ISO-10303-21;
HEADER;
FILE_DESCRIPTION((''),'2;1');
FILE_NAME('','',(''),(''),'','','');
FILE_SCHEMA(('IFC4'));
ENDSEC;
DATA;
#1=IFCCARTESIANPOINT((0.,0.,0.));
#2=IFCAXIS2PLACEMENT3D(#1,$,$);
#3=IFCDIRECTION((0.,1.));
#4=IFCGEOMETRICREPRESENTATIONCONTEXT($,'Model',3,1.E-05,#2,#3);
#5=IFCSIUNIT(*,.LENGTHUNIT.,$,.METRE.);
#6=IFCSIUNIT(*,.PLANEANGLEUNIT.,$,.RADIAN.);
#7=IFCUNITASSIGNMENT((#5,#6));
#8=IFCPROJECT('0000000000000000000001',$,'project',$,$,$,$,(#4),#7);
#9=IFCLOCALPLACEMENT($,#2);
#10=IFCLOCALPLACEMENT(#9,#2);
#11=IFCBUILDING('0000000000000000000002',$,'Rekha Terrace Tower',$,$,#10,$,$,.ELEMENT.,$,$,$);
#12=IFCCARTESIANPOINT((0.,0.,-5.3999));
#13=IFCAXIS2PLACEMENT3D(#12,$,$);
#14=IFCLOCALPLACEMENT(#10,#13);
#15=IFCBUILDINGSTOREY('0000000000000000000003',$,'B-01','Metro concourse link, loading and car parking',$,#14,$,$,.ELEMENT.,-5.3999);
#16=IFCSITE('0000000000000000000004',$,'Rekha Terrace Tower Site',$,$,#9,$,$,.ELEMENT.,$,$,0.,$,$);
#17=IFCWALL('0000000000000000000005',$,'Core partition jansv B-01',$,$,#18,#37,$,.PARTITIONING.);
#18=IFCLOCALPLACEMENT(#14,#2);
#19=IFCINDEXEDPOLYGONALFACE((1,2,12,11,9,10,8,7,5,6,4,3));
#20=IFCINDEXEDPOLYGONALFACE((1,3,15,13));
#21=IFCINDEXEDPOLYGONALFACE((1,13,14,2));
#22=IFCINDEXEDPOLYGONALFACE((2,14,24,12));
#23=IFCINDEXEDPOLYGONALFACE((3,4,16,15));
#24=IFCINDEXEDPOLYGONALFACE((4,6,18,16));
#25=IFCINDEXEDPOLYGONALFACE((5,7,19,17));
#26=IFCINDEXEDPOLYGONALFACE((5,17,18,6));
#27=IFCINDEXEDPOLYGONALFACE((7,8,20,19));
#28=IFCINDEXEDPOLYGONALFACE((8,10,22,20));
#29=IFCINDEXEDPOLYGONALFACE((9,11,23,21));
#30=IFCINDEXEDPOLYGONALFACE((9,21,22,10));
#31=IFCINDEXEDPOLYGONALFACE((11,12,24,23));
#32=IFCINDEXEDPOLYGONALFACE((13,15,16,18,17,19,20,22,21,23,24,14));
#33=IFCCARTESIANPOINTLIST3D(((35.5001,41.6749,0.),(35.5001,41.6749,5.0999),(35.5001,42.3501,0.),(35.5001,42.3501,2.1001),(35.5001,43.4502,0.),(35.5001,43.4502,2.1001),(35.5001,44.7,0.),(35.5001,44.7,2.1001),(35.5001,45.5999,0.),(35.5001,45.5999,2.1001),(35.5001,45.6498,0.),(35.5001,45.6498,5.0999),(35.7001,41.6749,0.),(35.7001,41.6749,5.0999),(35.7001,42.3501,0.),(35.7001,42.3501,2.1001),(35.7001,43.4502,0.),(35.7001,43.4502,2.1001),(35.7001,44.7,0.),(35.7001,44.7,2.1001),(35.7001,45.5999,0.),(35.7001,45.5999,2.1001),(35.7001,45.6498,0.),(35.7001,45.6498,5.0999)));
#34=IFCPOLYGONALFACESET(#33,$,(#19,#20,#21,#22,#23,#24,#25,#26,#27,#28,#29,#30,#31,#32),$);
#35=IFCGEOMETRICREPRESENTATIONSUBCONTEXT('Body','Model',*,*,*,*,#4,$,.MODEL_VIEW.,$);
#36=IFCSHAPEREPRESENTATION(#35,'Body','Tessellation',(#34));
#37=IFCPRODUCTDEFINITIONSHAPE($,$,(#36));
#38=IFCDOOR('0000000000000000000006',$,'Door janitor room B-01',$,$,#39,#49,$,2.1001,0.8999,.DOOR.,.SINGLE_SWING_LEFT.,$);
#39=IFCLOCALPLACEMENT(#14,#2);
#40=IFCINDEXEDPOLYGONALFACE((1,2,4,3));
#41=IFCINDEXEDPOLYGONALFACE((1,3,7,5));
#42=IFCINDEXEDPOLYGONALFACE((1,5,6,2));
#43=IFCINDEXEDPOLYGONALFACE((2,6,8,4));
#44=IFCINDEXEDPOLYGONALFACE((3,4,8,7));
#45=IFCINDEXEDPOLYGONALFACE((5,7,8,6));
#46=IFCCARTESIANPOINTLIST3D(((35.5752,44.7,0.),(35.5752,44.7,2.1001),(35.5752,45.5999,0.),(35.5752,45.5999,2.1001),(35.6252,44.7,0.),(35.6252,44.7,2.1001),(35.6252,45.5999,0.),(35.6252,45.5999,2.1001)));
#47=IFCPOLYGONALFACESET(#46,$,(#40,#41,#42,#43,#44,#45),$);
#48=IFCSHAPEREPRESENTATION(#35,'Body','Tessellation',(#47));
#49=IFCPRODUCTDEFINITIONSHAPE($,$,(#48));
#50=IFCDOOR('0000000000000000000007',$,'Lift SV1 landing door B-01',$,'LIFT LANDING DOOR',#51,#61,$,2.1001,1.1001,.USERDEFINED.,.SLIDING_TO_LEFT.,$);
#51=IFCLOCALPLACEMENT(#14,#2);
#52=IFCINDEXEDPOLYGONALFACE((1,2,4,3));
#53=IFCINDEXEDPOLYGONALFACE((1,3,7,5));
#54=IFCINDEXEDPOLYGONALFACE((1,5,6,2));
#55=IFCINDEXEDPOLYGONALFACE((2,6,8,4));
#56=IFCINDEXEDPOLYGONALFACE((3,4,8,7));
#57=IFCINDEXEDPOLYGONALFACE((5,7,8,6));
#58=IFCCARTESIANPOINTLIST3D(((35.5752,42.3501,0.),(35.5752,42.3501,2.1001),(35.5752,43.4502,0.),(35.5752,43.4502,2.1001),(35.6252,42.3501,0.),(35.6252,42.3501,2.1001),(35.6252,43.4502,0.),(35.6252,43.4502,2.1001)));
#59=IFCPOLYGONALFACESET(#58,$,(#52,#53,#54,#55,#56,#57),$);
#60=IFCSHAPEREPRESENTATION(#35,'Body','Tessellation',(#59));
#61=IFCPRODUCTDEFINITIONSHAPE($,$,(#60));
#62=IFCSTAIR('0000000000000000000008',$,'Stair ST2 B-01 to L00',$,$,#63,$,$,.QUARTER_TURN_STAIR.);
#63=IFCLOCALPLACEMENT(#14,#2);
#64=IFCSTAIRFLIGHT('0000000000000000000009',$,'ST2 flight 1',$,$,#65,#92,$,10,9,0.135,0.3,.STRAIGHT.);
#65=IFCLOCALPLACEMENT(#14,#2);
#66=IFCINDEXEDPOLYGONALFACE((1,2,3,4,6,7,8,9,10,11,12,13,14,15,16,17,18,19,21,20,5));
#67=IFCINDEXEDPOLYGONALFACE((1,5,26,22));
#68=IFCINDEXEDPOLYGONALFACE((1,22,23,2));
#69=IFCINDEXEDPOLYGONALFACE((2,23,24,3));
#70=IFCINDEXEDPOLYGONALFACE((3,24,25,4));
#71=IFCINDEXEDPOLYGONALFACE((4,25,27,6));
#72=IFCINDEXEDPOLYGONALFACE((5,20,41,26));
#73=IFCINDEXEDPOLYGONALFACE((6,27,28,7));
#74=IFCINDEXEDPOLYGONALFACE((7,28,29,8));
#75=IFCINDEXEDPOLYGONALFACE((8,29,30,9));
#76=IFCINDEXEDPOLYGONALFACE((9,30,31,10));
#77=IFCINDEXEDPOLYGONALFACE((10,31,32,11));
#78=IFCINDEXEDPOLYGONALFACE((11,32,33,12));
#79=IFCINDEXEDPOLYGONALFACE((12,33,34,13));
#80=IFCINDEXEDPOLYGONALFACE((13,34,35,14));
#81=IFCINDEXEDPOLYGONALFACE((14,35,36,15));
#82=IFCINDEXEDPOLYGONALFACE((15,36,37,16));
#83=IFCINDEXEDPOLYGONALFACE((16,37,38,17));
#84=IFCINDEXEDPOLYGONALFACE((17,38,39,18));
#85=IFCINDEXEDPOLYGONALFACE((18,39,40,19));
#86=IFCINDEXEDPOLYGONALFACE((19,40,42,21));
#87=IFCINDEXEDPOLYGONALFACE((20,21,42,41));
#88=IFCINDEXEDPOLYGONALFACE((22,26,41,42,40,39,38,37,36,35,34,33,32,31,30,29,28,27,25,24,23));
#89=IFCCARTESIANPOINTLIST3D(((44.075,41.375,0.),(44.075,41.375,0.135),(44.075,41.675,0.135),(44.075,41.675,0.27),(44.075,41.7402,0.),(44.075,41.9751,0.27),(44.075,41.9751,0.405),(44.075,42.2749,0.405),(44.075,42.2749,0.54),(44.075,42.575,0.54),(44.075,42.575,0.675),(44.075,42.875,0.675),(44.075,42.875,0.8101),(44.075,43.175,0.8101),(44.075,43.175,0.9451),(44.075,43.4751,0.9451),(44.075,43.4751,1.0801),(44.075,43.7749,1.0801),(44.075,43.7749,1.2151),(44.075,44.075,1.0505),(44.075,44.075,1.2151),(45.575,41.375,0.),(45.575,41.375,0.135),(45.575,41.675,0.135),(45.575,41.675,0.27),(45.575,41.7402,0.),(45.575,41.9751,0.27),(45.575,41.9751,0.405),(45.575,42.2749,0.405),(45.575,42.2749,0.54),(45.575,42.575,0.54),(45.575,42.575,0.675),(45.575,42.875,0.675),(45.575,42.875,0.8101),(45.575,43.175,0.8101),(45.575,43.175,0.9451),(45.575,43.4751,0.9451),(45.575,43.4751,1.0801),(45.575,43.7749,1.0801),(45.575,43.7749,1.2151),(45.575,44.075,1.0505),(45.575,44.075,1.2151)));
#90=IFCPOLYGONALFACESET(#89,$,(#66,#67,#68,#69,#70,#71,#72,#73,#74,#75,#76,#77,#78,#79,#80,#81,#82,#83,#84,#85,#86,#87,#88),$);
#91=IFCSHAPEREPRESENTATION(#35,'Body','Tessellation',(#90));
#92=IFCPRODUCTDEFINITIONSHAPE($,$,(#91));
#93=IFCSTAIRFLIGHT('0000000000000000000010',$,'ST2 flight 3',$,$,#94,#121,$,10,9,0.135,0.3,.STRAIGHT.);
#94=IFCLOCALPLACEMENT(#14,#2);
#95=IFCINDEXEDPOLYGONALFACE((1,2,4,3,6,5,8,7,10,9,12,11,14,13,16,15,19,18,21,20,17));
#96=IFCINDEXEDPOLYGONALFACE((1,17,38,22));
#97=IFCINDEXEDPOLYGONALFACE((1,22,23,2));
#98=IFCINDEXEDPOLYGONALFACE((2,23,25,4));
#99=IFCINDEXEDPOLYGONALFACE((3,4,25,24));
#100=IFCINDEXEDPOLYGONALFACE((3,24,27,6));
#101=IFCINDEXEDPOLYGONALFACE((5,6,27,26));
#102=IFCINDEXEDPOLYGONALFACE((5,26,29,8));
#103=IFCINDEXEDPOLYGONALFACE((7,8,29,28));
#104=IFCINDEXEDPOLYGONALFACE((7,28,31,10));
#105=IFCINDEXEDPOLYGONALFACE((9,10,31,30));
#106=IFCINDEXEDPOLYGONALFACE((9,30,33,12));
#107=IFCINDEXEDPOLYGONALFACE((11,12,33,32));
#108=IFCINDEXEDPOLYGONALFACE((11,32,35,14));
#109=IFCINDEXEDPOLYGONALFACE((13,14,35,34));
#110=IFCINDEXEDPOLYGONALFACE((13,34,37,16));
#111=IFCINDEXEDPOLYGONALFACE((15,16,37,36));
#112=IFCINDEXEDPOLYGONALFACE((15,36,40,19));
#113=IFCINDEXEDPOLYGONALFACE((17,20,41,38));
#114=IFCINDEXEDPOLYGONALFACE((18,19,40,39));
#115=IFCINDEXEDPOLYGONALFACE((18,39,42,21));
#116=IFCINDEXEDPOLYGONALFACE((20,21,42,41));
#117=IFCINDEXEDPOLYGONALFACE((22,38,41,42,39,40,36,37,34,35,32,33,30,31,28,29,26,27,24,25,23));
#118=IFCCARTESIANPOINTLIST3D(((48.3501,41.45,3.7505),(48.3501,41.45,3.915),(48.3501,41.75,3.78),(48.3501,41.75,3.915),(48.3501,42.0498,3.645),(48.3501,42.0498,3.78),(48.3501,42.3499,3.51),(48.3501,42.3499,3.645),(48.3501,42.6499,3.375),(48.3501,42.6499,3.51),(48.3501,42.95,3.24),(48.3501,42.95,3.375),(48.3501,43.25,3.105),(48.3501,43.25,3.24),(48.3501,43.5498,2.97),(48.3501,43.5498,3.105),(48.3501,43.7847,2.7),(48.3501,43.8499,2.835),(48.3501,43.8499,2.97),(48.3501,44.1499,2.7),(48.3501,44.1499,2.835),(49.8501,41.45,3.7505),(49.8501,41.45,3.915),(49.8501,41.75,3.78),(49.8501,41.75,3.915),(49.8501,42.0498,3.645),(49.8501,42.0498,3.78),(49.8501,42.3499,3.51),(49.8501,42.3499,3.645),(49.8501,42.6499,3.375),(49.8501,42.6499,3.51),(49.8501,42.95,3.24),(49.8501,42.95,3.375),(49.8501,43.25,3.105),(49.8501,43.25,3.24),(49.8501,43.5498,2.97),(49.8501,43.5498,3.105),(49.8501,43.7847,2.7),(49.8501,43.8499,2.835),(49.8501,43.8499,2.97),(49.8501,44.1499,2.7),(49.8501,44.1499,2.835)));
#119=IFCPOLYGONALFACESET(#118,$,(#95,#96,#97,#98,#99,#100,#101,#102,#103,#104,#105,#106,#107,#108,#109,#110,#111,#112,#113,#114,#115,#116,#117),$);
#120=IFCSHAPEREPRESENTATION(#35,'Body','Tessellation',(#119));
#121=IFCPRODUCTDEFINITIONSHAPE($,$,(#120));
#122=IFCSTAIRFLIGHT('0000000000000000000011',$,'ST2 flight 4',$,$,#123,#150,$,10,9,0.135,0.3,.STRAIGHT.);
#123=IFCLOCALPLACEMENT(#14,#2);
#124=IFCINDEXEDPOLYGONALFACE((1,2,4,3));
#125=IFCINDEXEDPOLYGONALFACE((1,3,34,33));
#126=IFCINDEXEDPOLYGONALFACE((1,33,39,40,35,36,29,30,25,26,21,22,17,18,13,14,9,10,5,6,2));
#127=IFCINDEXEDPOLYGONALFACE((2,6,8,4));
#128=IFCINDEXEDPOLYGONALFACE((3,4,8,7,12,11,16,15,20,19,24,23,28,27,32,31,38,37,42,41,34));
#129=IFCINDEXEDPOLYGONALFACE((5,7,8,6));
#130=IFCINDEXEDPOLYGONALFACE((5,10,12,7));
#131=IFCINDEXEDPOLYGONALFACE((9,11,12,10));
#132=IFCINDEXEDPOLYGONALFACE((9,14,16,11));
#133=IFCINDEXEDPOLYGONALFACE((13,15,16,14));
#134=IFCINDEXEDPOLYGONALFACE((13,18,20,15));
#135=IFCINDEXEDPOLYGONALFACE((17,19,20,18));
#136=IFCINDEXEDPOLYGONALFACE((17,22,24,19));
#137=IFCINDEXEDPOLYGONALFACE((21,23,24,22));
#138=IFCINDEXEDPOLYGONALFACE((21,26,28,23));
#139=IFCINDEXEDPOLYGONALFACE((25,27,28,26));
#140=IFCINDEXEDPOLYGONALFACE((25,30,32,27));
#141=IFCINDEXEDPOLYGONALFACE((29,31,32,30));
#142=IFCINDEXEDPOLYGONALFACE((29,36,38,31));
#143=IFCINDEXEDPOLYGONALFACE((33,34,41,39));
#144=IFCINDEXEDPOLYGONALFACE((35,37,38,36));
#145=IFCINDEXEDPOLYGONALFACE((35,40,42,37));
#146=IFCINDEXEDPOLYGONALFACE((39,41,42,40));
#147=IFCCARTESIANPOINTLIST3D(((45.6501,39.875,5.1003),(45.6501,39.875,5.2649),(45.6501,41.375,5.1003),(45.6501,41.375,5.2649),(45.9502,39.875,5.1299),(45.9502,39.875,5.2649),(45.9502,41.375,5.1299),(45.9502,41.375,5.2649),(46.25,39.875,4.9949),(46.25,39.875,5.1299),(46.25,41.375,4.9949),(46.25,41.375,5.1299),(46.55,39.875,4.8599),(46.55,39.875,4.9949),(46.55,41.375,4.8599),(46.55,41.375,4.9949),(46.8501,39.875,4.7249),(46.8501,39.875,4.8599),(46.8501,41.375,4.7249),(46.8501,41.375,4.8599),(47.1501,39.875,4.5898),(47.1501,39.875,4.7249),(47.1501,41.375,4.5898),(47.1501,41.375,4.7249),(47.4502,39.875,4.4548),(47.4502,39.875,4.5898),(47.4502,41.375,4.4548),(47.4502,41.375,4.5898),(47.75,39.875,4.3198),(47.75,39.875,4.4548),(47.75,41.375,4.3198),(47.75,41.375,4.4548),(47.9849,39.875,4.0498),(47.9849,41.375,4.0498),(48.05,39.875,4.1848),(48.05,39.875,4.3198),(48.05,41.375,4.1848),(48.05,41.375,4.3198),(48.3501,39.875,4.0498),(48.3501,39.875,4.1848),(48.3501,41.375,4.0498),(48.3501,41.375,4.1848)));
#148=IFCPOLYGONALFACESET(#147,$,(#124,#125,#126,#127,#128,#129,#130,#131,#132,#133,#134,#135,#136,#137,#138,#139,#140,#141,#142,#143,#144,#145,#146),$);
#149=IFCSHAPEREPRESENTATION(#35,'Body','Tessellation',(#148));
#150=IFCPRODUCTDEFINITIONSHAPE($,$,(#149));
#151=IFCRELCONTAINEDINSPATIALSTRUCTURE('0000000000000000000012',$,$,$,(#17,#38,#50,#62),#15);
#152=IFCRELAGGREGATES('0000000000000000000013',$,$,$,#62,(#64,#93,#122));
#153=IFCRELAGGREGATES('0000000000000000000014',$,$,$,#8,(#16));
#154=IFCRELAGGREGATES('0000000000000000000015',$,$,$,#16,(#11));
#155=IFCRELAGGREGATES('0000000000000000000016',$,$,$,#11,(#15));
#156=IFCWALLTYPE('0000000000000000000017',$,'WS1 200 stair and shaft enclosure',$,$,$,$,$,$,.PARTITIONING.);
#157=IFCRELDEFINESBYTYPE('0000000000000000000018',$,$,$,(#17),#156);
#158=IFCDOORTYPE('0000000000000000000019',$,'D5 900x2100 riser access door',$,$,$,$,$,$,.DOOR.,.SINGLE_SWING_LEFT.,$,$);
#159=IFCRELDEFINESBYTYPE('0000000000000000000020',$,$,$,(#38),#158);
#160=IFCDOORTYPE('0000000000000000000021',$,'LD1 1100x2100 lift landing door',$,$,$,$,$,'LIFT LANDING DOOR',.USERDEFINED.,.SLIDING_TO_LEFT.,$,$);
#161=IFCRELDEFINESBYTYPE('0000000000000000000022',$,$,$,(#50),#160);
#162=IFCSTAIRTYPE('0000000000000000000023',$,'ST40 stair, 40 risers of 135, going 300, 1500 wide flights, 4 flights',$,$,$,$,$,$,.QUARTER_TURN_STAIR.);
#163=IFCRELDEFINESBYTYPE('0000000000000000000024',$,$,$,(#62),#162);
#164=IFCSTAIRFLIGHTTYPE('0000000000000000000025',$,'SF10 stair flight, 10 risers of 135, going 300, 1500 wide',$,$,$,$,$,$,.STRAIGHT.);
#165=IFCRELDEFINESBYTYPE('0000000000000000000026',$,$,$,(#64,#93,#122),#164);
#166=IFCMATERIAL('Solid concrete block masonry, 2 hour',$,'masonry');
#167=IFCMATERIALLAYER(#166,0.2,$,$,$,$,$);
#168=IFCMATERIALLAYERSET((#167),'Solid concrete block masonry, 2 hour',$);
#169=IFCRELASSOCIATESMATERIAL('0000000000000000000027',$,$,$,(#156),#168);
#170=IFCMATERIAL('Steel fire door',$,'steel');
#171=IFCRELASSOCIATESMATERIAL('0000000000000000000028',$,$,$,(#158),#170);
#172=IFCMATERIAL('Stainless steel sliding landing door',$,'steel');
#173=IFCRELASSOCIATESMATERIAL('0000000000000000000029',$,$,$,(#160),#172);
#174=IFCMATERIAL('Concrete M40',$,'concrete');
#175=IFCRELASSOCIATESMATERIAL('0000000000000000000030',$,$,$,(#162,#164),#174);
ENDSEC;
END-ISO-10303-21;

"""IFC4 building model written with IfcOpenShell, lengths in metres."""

from ifc_helpers import new_model, si_unit, direction, frame, frame_2d, origin, place, context, subcontext, project, spatial, polyline, rectangle, outline, extrude, material, layer, layer_set, type_object, element, fill, aggregate, save


model = new_model("IFC4")

# Units and contexts
model_context = context("Model", 3, precision=1e-05, world=origin(), true_north=direction((0.0, 1.0)))
body_context = subcontext(model_context, "Body", "Model", "MODEL_VIEW")
ifc_project = project(units=[si_unit("LENGTHUNIT", "METRE"), si_unit("PLANEANGLEUNIT", "RADIAN")], contexts=[model_context])

# Site, building, storey
site_placement = place(None, origin())
site = spatial("IfcSite", under=ifc_project, at=site_placement, Name="Rekha Terrace Tower Site", CompositionType="ELEMENT", RefElevation=0.0)
building_placement = place(site_placement, origin())
building = spatial("IfcBuilding", under=site, at=building_placement, Name="Rekha Terrace Tower", CompositionType="ELEMENT")
storey_placement = place(building_placement, frame((0.0, 0.0, -5.3999)))
storey = spatial("IfcBuildingStorey", under=building, at=storey_placement, Name="B-01", Description="Metro concourse link, loading and car parking", CompositionType="ELEMENT", Elevation=-5.3999)

# Shared definitions
ifc_material_1 = material(Name="Steel fire door", Category="steel")

# Shared definitions
ifc_material_2 = material(Name="Solid concrete block masonry, 2 hour", Category="masonry")
ifc_layer_1 = layer(ifc_material_2, 0.2)
ifc_layer_set_1 = layer_set([ifc_layer_1], Name="Solid concrete block masonry, 2 hour")
wall_type_1 = type_object("IfcWallType", Name="WS1 200 stair and shaft enclosure", PredefinedType="PARTITIONING", material=ifc_layer_set_1)

# Shared definitions
door_type_1 = type_object("IfcDoorType", Name="D5 900x2100 riser access door", OperationType="SINGLE_SWING_LEFT", PredefinedType="DOOR", material=ifc_material_1)

# Wall, openings, doors
wall_1_placement = place(storey_placement, frame((35.6001, 41.675, 0.0), z_axis=(0.0, 0.0, 1.0), x_axis=(0.0, 1.0, 0.0)))
wall_1 = element("IfcWall", 1, at=wall_1_placement, inside=storey, type_object=wall_type_1, Name="Core partition jansv B-01", PredefinedType="PARTITIONING", context=body_context, shape_type="SweptSolid", body=[
    extrude(rectangle(XDim=3.9749, YDim=0.2, at=frame_2d((1.9873, 0.0))), origin(), (0.0, 0.0, 1.0), 5.0999),
])
opening_1_placement = place(wall_1_placement, frame((3.0249, 0.0, 0.0)))
opening_1 = element("IfcOpeningElement", 2, at=opening_1_placement, cuts=wall_1, PredefinedType="OPENING", context=body_context, shape_type="SweptSolid", body=[
    extrude(rectangle(XDim=0.8999, YDim=2.1001, at=frame_2d((0.45, 1.05))), frame((0.0, 0.1099, 0.0), z_axis=(0.0, -1.0, 0.0), x_axis=(1.0, 0.0, 0.0)), (0.0, 0.0, 1.0), 0.22),
])
opening_2_placement = place(wall_1_placement, frame((0.675, 0.0, 0.0)))
opening_2 = element("IfcOpeningElement", 3, at=opening_2_placement, cuts=wall_1, PredefinedType="OPENING", context=body_context, shape_type="SweptSolid", body=[
    extrude(rectangle(XDim=1.1001, YDim=2.1001, at=frame_2d((0.55, 1.05))), frame((0.0, 0.1099, 0.0), z_axis=(0.0, -1.0, 0.0), x_axis=(1.0, 0.0, 0.0)), (0.0, 0.0, 1.0), 0.22),
])
door_1_placement = place(opening_1_placement, origin())
door_1 = element("IfcDoor", 4, at=door_1_placement, inside=storey, type_object=door_type_1, Name="Door janitor room B-01", OperationType="SINGLE_SWING_LEFT", OverallHeight=2.1001, OverallWidth=0.8999, PredefinedType="DOOR", context=body_context, shape_type="SweptSolid", body=[
    extrude(rectangle(XDim=0.8999, YDim=2.1001, at=frame_2d((0.45, 1.05))), frame((0.0, 0.0249, 0.0), z_axis=(0.0, -1.0, 0.0), x_axis=(1.0, 0.0, 0.0)), (0.0, 0.0, 1.0), 0.05),
])
fill(opening_1, door_1)
ifc_material_3 = material(Name="Stainless steel sliding landing door", Category="steel")
door_type_2 = type_object("IfcDoorType", Name="LD1 1100x2100 lift landing door", ElementType="LIFT LANDING DOOR", OperationType="SLIDING_TO_LEFT", PredefinedType="USERDEFINED", material=ifc_material_3)
door_2_placement = place(opening_2_placement, origin())
door_2 = element("IfcDoor", 5, at=door_2_placement, inside=storey, type_object=door_type_2, Name="Lift SV1 landing door B-01", ObjectType="LIFT LANDING DOOR", OperationType="SLIDING_TO_LEFT", OverallHeight=2.1001, OverallWidth=1.1001, PredefinedType="USERDEFINED", context=body_context, shape_type="SweptSolid", body=[
    extrude(rectangle(XDim=1.1001, YDim=2.1001, at=frame_2d((0.55, 1.05))), frame((0.0, 0.0249, 0.0), z_axis=(0.0, -1.0, 0.0), x_axis=(1.0, 0.0, 0.0)), (0.0, 0.0, 1.0), 0.05),
])
fill(opening_2, door_2)

# Stair, stair flights
ifc_material_4 = material(Name="Concrete M40", Category="concrete")
stair_type = type_object("IfcStairType", Name="ST40 stair, 40 risers of 135, going 300, 1500 wide flights, 4 flights", PredefinedType="QUARTER_TURN_STAIR", material=ifc_material_4)
stair_placement = place(storey_placement, origin())
stair = element("IfcStair", 6, at=stair_placement, inside=storey, type_object=stair_type, Name="Stair ST2 B-01 to L00", PredefinedType="QUARTER_TURN_STAIR")
stair_flight_type = type_object("IfcStairFlightType", Name="SF10 stair flight, 10 risers of 135, going 300, 1500 wide", PredefinedType="STRAIGHT", material=ifc_material_4)
stair_flight_1_placement = place(storey_placement, frame((44.825, 41.375, 0.0), z_axis=(0.0, 0.0, 1.0), x_axis=(0.0, 1.0, 0.0)))
stair_flight_1 = element("IfcStairFlight", 7, at=stair_flight_1_placement, type_object=stair_flight_type, Name="ST2 flight 1", NumberOfRisers=10, NumberOfTreads=9, PredefinedType="STRAIGHT", RiserHeight=0.135, TreadLength=0.3, context=body_context, shape_type="SweptSolid", body=[
    extrude(outline(polyline([(0.0, 0.0), (0.0, 0.135), (0.3, 0.135), (0.3, 0.27), (0.6001, 0.27), (0.6001, 0.405), (0.8999, 0.405), (0.8999, 0.54), (1.2, 0.54), (1.2, 0.675), (1.5, 0.675), (1.5, 0.8101), (1.8, 0.8101), (1.8, 0.9451), (2.1001, 0.9451), (2.1001, 1.0801), (2.3999, 1.0801), (2.3999, 1.2151), (2.7, 1.2151), (2.7, 1.3501), (2.7, 1.0505), (0.3652, 0.0), (0.0, 0.0)])), frame((0.0, 0.75, 0.0), z_axis=(0.0, -1.0, 0.0), x_axis=(1.0, 0.0, 0.0)), (0.0, 0.0, 1.0), 1.5),
])
stair_flight_2_placement = place(storey_placement, frame((49.1001, 44.1499, 2.7), z_axis=(0.0, 0.0, 1.0), x_axis=(0.0, -1.0, 0.0)))
stair_flight_2 = element("IfcStairFlight", 8, at=stair_flight_2_placement, type_object=stair_flight_type, Name="ST2 flight 3", NumberOfRisers=10, NumberOfTreads=9, PredefinedType="STRAIGHT", RiserHeight=0.135, TreadLength=0.3, context=body_context, shape_type="SweptSolid", body=[
    extrude(outline(polyline([(0.0, 0.0), (0.0, 0.135), (0.3, 0.135), (0.3, 0.27), (0.6001, 0.27), (0.6001, 0.405), (0.8999, 0.405), (0.8999, 0.54), (1.2, 0.54), (1.2, 0.675), (1.5, 0.675), (1.5, 0.8101), (1.8, 0.8101), (1.8, 0.9451), (2.1001, 0.9451), (2.1001, 1.0801), (2.3999, 1.0801), (2.3999, 1.2151), (2.7, 1.2151), (2.7, 1.3501), (2.7, 1.0505), (0.3652, 0.0), (0.0, 0.0)])), frame((0.0, 0.75, 0.0), z_axis=(0.0, -1.0, 0.0), x_axis=(1.0, 0.0, 0.0)), (0.0, 0.0, 1.0), 1.5),
])
stair_flight_3_placement = place(storey_placement, frame((48.3501, 40.625, 4.0498), z_axis=(0.0, 0.0, 1.0), x_axis=(-1.0, 0.0, 0.0)))
stair_flight_3 = element("IfcStairFlight", 9, at=stair_flight_3_placement, type_object=stair_flight_type, Name="ST2 flight 4", NumberOfRisers=10, NumberOfTreads=9, PredefinedType="STRAIGHT", RiserHeight=0.135, TreadLength=0.3, context=body_context, shape_type="SweptSolid", body=[
    extrude(outline(polyline([(0.0, 0.0), (0.0, 0.135), (0.3, 0.135), (0.3, 0.27), (0.6001, 0.27), (0.6001, 0.405), (0.8999, 0.405), (0.8999, 0.54), (1.2, 0.54), (1.2, 0.675), (1.5, 0.675), (1.5, 0.8101), (1.8, 0.8101), (1.8, 0.9451), (2.1001, 0.9451), (2.1001, 1.0801), (2.3999, 1.0801), (2.3999, 1.2151), (2.7, 1.2151), (2.7, 1.3501), (2.7, 1.0505), (0.3652, 0.0), (0.0, 0.0)])), frame((0.0, 0.75, 0.0), z_axis=(0.0, -1.0, 0.0), x_axis=(1.0, 0.0, 0.0)), (0.0, 0.0, 1.0), 1.5),
])
aggregate(stair, [stair_flight_1, stair_flight_2, stair_flight_3])

save(model, "model.ifc")
